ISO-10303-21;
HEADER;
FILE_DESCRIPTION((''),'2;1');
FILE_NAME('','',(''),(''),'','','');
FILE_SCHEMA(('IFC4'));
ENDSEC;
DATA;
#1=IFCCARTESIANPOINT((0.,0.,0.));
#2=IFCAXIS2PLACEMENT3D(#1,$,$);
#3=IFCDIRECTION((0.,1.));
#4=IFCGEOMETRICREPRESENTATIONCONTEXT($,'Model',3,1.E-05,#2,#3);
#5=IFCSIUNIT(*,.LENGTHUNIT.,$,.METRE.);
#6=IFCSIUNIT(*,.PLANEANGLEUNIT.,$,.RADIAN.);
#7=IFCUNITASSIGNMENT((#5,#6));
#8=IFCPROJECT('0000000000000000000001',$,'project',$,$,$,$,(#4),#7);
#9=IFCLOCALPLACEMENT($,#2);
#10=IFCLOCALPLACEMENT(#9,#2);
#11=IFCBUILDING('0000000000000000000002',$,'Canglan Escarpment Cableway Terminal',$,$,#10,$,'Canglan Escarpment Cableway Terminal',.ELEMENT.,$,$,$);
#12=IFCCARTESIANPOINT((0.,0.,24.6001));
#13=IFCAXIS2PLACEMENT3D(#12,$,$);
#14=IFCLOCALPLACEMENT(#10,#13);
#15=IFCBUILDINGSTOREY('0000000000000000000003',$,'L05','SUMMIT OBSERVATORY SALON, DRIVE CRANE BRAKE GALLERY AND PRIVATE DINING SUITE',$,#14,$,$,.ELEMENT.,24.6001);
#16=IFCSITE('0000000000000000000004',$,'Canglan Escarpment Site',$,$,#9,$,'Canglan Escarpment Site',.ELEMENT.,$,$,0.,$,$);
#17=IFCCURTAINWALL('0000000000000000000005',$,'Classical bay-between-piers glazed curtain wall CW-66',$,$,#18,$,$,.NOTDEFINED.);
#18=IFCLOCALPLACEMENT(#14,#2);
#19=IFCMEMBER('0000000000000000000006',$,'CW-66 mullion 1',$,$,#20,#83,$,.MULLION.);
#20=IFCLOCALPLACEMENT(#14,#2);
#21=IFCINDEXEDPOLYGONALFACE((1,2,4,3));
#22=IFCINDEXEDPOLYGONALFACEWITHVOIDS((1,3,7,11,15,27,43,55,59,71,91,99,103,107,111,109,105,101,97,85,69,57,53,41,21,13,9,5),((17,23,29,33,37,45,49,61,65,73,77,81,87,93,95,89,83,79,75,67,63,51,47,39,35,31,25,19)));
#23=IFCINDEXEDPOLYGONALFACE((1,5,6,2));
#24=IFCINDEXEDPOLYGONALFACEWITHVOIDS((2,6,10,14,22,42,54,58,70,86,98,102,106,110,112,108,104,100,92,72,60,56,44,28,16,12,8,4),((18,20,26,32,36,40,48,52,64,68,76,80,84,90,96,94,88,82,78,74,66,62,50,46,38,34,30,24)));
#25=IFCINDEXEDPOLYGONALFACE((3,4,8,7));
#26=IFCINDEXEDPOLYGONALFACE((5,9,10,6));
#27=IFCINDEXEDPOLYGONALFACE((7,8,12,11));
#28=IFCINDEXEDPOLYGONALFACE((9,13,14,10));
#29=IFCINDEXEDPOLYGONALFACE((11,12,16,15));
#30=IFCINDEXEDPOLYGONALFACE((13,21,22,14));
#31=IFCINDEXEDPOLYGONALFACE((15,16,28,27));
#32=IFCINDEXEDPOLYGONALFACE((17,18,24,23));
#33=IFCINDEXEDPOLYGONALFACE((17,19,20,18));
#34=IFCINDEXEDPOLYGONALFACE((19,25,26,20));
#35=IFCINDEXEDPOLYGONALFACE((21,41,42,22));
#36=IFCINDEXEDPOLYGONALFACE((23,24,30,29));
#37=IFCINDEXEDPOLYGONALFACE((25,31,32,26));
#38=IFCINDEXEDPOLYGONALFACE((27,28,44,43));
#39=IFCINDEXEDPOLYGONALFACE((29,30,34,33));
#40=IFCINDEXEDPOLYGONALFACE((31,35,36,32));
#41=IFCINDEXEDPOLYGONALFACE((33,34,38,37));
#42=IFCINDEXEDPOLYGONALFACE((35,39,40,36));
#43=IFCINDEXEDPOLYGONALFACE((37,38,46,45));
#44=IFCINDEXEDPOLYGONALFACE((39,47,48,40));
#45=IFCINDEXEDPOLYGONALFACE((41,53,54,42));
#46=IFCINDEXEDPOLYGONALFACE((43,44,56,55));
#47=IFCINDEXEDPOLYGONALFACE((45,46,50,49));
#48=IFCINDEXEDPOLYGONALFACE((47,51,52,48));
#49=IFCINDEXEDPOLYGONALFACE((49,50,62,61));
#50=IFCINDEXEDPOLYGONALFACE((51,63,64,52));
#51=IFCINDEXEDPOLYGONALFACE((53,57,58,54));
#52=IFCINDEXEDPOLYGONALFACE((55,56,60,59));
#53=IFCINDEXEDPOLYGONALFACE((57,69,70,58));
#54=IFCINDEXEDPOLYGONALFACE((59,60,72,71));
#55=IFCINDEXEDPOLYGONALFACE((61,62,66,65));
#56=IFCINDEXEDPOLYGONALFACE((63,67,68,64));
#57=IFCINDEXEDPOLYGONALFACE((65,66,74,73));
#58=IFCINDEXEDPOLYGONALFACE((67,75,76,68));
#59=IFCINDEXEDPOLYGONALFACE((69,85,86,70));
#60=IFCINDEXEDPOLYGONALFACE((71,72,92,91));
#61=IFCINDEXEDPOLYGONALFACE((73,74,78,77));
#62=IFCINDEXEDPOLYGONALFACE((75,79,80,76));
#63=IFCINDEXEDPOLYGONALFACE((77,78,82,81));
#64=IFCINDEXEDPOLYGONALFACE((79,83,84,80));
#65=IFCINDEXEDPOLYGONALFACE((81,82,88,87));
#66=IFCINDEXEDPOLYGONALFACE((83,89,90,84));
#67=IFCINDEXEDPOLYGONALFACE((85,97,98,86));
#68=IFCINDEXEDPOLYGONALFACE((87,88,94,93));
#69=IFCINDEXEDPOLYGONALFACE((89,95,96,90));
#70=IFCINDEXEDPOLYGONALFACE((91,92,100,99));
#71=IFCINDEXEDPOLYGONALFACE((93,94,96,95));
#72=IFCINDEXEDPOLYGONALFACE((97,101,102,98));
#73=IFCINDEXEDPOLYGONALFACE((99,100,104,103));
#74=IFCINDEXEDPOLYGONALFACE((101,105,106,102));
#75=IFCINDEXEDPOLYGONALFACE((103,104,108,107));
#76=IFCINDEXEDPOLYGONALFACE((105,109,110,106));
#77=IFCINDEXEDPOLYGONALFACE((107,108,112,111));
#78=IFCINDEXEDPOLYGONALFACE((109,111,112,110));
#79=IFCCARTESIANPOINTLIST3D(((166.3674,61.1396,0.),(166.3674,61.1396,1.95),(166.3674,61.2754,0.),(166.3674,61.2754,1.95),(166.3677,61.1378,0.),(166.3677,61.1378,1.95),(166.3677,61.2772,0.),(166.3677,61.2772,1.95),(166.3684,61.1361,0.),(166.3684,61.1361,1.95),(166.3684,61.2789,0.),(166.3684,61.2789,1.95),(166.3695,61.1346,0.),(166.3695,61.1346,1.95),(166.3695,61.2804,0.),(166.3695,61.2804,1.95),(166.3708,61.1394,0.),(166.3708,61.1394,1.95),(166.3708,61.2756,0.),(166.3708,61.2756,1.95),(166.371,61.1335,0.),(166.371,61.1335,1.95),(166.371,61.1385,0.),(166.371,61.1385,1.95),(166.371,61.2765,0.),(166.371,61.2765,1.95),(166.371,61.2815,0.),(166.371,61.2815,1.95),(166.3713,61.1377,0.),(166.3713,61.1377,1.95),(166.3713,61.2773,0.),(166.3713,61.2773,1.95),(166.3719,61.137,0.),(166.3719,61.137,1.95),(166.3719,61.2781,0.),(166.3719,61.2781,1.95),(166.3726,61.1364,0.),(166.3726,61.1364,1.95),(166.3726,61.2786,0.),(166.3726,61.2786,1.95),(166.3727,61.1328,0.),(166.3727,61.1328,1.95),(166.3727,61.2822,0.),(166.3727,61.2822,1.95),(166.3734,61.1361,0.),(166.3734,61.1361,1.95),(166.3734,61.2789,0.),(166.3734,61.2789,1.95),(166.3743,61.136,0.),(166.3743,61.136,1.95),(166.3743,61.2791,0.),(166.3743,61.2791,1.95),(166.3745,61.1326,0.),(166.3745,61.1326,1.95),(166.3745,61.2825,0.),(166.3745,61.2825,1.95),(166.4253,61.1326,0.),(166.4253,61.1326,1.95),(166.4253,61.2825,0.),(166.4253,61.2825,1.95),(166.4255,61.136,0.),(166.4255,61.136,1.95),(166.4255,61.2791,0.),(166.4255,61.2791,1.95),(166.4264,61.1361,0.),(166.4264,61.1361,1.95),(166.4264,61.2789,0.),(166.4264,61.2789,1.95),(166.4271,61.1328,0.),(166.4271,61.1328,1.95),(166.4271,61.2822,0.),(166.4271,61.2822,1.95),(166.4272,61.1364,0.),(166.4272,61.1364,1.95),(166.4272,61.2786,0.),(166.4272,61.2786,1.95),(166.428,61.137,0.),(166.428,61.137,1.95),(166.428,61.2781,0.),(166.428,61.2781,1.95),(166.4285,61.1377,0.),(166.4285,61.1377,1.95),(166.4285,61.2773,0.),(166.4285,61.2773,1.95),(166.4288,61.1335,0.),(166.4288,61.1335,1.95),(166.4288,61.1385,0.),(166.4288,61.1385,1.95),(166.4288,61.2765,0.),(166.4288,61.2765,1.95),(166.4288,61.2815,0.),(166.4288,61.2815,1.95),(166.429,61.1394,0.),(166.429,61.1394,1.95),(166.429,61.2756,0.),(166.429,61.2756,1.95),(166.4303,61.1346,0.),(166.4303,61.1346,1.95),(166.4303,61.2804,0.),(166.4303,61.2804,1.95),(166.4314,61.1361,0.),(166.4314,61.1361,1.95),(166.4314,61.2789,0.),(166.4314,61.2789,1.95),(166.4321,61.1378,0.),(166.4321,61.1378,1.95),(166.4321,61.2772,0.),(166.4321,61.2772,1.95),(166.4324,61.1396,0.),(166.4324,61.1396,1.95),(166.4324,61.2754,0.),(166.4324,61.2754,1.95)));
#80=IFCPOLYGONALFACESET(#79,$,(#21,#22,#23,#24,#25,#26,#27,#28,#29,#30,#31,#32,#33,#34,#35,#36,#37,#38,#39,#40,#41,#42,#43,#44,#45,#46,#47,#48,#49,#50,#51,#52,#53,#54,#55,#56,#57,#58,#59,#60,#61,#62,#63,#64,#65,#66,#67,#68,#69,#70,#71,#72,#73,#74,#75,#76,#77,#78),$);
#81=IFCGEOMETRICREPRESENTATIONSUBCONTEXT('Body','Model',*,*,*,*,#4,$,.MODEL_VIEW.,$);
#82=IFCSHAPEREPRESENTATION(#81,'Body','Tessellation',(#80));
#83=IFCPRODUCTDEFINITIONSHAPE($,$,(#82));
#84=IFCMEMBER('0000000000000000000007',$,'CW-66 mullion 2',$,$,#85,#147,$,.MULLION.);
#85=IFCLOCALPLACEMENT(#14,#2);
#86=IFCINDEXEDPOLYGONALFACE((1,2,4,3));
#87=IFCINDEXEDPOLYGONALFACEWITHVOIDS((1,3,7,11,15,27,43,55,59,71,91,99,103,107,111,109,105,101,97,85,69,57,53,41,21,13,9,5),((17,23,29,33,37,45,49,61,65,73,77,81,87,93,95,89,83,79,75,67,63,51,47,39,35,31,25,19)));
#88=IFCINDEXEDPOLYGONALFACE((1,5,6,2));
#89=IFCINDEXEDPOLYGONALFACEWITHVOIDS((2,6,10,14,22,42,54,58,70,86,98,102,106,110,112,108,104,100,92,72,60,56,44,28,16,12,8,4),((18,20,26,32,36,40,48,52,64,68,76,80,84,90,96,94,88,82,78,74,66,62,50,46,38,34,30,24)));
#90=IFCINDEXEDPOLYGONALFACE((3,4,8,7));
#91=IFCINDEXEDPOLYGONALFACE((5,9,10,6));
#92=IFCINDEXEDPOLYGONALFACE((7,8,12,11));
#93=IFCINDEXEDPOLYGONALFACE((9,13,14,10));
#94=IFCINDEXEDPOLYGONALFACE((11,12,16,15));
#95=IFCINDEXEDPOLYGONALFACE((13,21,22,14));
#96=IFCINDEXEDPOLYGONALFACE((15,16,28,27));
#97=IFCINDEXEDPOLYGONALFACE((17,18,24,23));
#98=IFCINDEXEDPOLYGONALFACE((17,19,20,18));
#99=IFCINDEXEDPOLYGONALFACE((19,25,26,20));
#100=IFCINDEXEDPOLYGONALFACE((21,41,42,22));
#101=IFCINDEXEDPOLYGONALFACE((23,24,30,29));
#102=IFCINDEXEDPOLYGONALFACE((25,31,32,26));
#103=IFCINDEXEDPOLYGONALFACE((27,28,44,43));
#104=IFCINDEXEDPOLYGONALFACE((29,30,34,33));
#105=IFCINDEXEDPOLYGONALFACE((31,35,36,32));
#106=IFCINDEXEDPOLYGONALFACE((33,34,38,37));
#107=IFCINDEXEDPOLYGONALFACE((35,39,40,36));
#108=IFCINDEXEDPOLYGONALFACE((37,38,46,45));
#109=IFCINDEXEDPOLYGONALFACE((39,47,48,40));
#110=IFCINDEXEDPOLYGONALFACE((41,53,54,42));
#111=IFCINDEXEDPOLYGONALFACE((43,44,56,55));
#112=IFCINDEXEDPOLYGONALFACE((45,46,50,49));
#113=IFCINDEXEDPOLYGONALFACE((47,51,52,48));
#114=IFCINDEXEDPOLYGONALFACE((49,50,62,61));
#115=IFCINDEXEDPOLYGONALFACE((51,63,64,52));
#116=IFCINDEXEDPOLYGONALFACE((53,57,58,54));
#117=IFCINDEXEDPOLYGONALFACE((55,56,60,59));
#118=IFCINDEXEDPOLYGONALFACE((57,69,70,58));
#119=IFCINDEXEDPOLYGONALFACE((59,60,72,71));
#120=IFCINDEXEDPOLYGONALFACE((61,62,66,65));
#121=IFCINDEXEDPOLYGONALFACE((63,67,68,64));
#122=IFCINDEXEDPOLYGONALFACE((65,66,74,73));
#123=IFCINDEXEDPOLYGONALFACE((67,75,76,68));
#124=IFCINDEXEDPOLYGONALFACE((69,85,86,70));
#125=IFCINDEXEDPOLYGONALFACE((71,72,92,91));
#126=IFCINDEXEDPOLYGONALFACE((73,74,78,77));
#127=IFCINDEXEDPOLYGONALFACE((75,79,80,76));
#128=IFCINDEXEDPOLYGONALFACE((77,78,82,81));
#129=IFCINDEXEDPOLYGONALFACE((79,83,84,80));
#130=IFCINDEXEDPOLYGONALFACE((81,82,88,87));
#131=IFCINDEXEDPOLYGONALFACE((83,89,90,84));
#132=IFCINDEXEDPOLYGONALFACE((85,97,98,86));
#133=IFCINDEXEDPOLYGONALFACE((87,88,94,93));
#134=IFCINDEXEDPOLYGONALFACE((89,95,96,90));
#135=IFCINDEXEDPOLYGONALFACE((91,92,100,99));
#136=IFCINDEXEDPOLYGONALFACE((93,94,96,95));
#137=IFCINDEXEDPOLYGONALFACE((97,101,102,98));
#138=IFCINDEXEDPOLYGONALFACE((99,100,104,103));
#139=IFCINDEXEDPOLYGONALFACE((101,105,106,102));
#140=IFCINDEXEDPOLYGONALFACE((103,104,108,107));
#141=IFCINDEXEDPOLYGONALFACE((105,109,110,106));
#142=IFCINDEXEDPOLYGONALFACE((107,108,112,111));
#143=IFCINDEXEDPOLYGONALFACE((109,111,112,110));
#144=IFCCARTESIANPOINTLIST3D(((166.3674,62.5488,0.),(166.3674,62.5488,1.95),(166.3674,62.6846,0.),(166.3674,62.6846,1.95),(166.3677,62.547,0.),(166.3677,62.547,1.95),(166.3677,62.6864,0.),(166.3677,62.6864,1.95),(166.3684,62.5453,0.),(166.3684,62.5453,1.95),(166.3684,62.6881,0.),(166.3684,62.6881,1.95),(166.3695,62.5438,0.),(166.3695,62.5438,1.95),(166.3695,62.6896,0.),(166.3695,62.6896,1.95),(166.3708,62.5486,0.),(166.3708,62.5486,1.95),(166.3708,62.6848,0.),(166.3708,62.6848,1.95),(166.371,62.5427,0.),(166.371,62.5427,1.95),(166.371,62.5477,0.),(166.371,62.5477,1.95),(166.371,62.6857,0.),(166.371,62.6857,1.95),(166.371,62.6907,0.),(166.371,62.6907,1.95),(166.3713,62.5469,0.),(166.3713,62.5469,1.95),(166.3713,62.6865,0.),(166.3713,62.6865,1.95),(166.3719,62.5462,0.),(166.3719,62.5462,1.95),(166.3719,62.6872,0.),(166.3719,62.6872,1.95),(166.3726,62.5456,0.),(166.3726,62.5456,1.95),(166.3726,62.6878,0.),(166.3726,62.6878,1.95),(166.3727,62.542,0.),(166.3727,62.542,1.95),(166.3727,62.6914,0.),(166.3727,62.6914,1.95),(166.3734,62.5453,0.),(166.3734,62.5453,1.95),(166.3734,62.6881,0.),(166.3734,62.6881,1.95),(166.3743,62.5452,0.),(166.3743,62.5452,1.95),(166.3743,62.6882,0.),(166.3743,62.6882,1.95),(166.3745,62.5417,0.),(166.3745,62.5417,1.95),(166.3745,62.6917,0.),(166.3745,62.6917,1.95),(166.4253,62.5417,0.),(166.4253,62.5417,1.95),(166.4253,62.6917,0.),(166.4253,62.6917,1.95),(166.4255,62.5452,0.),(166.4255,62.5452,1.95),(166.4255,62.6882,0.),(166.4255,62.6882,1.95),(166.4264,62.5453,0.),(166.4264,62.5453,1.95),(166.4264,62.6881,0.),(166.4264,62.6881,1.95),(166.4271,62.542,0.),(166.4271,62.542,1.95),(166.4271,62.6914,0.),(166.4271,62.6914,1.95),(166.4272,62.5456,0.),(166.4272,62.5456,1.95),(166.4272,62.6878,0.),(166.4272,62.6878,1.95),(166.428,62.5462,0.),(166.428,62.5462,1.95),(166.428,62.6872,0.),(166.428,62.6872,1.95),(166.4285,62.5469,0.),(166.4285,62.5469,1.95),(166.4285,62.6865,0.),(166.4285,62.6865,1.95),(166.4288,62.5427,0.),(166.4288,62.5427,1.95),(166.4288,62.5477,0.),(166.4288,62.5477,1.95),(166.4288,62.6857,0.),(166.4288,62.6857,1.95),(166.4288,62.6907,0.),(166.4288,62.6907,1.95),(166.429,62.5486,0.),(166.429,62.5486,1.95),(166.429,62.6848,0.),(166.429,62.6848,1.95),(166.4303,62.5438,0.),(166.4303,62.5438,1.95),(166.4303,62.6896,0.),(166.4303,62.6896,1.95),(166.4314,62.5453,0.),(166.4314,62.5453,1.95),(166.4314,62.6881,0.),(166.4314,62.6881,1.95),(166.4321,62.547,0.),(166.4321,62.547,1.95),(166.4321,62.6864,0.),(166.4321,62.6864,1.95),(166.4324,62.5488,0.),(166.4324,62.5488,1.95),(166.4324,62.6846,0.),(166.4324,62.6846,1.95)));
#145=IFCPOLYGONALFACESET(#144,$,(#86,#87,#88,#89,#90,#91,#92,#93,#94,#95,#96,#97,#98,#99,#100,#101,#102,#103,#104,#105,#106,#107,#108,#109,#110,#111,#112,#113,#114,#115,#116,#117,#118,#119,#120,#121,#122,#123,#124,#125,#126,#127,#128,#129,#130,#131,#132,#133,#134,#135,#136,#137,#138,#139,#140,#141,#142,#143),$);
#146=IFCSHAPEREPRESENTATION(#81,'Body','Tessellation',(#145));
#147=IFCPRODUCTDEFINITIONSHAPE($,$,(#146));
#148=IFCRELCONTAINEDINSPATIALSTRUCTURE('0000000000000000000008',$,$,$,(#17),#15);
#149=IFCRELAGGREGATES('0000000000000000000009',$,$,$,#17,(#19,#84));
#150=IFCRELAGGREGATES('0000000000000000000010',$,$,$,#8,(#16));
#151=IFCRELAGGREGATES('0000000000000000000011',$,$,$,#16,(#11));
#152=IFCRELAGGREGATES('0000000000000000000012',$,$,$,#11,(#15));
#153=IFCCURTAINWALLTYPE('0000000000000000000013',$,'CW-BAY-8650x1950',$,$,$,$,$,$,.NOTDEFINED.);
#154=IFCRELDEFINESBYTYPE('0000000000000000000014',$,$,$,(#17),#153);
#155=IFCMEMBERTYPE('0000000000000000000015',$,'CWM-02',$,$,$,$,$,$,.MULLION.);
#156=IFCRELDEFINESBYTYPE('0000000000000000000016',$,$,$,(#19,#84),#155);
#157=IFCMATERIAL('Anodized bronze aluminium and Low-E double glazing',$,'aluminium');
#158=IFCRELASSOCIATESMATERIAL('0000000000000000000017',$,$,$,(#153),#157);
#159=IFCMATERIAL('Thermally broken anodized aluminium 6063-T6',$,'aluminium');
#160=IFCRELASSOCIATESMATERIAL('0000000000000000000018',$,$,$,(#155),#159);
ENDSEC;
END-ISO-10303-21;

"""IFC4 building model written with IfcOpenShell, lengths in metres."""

from ifc_helpers import new_model, si_unit, direction, frame, origin, origin_2d, place, context, subcontext, project, spatial, hollow_rectangle, extrude, material, material_profile, profile_set, type_object, element, aggregate, save


model = new_model("IFC4")

# Units and contexts
model_context = context("Model", 3, precision=1e-05, world=origin(), true_north=direction((0.0, 1.0)))
body_context = subcontext(model_context, "Body", "Model", "MODEL_VIEW")
ifc_project = project(units=[si_unit("LENGTHUNIT", "METRE"), si_unit("PLANEANGLEUNIT", "RADIAN")], contexts=[model_context])

# Site, building, storey
site_placement = place(None, origin())
site = spatial("IfcSite", under=ifc_project, at=site_placement, Name="Canglan Escarpment Site", LongName="Canglan Escarpment Site", CompositionType="ELEMENT", RefElevation=0.0)
building_placement = place(site_placement, origin())
building = spatial("IfcBuilding", under=site, at=building_placement, Name="Canglan Escarpment Cableway Terminal", LongName="Canglan Escarpment Cableway Terminal", CompositionType="ELEMENT")
storey_placement = place(building_placement, frame((0.0, 0.0, 24.6001)))
storey = spatial("IfcBuildingStorey", under=building, at=storey_placement, Name="L05", Description="SUMMIT OBSERVATORY SALON, DRIVE CRANE BRAKE GALLERY AND PRIVATE DINING SUITE", CompositionType="ELEMENT", Elevation=24.6001)

# Shared definitions
ifc_material_1 = material(Name="Anodized bronze aluminium and Low-E double glazing", Category="aluminium")
curtain_wall_type = type_object("IfcCurtainWallType", Name="CW-BAY-8650x1950", PredefinedType="NOTDEFINED", material=ifc_material_1)
ifc_material_2 = material(Name="Thermally broken anodized aluminium 6063-T6", Category="aluminium")

# Curtain wall, members
curtain_wall_1_placement = place(storey_placement, origin())
curtain_wall_1 = element("IfcCurtainWall", 1, at=curtain_wall_1_placement, inside=storey, type_object=curtain_wall_type, Name="Classical bay-between-piers glazed curtain wall CW-66", PredefinedType="NOTDEFINED")
ifc_material_profile_1 = material_profile(ifc_material_2, hollow_rectangle(XDim=0.0649, YDim=0.1499, WallThickness=0.0034, InnerFilletRadius=0.0034, OuterFilletRadius=0.0071, at=origin_2d()), Name="ALU-MULL 65x150x3.5")
ifc_profile_set_1 = profile_set([ifc_material_profile_1], Name="Thermally broken anodized aluminium 6063-T6")
member_type_1 = type_object("IfcMemberType", Name="CWM-02", PredefinedType="MULLION", material=ifc_profile_set_1)
member_1_placement = place(storey_placement, frame((166.3999, 61.2075, 0.0), z_axis=(0.0, 0.0, 1.0), x_axis=(-1.0, 0.0, 0.0)))
member_1 = element("IfcMember", 2, at=member_1_placement, type_object=member_type_1, Name="CW-66 mullion 1", PredefinedType="MULLION", context=body_context, shape_type="SweptSolid", body=[
    extrude(hollow_rectangle(XDim=0.0649, YDim=0.1499, WallThickness=0.0034, InnerFilletRadius=0.0034, OuterFilletRadius=0.0071, at=origin_2d()), origin(), (0.0, 0.0, 1.0), 1.95),
])
member_2_placement = place(storey_placement, frame((166.3999, 62.6167, 0.0), z_axis=(0.0, 0.0, 1.0), x_axis=(-1.0, 0.0, 0.0)))
member_2 = element("IfcMember", 3, at=member_2_placement, type_object=member_type_1, Name="CW-66 mullion 2", PredefinedType="MULLION", context=body_context, shape_type="SweptSolid", body=[
    extrude(hollow_rectangle(XDim=0.0649, YDim=0.1499, WallThickness=0.0034, InnerFilletRadius=0.0034, OuterFilletRadius=0.0071, at=origin_2d()), origin(), (0.0, 0.0, 1.0), 1.95),
])

aggregate(curtain_wall_1, [member_1, member_2])

save(model, "model.ifc")
